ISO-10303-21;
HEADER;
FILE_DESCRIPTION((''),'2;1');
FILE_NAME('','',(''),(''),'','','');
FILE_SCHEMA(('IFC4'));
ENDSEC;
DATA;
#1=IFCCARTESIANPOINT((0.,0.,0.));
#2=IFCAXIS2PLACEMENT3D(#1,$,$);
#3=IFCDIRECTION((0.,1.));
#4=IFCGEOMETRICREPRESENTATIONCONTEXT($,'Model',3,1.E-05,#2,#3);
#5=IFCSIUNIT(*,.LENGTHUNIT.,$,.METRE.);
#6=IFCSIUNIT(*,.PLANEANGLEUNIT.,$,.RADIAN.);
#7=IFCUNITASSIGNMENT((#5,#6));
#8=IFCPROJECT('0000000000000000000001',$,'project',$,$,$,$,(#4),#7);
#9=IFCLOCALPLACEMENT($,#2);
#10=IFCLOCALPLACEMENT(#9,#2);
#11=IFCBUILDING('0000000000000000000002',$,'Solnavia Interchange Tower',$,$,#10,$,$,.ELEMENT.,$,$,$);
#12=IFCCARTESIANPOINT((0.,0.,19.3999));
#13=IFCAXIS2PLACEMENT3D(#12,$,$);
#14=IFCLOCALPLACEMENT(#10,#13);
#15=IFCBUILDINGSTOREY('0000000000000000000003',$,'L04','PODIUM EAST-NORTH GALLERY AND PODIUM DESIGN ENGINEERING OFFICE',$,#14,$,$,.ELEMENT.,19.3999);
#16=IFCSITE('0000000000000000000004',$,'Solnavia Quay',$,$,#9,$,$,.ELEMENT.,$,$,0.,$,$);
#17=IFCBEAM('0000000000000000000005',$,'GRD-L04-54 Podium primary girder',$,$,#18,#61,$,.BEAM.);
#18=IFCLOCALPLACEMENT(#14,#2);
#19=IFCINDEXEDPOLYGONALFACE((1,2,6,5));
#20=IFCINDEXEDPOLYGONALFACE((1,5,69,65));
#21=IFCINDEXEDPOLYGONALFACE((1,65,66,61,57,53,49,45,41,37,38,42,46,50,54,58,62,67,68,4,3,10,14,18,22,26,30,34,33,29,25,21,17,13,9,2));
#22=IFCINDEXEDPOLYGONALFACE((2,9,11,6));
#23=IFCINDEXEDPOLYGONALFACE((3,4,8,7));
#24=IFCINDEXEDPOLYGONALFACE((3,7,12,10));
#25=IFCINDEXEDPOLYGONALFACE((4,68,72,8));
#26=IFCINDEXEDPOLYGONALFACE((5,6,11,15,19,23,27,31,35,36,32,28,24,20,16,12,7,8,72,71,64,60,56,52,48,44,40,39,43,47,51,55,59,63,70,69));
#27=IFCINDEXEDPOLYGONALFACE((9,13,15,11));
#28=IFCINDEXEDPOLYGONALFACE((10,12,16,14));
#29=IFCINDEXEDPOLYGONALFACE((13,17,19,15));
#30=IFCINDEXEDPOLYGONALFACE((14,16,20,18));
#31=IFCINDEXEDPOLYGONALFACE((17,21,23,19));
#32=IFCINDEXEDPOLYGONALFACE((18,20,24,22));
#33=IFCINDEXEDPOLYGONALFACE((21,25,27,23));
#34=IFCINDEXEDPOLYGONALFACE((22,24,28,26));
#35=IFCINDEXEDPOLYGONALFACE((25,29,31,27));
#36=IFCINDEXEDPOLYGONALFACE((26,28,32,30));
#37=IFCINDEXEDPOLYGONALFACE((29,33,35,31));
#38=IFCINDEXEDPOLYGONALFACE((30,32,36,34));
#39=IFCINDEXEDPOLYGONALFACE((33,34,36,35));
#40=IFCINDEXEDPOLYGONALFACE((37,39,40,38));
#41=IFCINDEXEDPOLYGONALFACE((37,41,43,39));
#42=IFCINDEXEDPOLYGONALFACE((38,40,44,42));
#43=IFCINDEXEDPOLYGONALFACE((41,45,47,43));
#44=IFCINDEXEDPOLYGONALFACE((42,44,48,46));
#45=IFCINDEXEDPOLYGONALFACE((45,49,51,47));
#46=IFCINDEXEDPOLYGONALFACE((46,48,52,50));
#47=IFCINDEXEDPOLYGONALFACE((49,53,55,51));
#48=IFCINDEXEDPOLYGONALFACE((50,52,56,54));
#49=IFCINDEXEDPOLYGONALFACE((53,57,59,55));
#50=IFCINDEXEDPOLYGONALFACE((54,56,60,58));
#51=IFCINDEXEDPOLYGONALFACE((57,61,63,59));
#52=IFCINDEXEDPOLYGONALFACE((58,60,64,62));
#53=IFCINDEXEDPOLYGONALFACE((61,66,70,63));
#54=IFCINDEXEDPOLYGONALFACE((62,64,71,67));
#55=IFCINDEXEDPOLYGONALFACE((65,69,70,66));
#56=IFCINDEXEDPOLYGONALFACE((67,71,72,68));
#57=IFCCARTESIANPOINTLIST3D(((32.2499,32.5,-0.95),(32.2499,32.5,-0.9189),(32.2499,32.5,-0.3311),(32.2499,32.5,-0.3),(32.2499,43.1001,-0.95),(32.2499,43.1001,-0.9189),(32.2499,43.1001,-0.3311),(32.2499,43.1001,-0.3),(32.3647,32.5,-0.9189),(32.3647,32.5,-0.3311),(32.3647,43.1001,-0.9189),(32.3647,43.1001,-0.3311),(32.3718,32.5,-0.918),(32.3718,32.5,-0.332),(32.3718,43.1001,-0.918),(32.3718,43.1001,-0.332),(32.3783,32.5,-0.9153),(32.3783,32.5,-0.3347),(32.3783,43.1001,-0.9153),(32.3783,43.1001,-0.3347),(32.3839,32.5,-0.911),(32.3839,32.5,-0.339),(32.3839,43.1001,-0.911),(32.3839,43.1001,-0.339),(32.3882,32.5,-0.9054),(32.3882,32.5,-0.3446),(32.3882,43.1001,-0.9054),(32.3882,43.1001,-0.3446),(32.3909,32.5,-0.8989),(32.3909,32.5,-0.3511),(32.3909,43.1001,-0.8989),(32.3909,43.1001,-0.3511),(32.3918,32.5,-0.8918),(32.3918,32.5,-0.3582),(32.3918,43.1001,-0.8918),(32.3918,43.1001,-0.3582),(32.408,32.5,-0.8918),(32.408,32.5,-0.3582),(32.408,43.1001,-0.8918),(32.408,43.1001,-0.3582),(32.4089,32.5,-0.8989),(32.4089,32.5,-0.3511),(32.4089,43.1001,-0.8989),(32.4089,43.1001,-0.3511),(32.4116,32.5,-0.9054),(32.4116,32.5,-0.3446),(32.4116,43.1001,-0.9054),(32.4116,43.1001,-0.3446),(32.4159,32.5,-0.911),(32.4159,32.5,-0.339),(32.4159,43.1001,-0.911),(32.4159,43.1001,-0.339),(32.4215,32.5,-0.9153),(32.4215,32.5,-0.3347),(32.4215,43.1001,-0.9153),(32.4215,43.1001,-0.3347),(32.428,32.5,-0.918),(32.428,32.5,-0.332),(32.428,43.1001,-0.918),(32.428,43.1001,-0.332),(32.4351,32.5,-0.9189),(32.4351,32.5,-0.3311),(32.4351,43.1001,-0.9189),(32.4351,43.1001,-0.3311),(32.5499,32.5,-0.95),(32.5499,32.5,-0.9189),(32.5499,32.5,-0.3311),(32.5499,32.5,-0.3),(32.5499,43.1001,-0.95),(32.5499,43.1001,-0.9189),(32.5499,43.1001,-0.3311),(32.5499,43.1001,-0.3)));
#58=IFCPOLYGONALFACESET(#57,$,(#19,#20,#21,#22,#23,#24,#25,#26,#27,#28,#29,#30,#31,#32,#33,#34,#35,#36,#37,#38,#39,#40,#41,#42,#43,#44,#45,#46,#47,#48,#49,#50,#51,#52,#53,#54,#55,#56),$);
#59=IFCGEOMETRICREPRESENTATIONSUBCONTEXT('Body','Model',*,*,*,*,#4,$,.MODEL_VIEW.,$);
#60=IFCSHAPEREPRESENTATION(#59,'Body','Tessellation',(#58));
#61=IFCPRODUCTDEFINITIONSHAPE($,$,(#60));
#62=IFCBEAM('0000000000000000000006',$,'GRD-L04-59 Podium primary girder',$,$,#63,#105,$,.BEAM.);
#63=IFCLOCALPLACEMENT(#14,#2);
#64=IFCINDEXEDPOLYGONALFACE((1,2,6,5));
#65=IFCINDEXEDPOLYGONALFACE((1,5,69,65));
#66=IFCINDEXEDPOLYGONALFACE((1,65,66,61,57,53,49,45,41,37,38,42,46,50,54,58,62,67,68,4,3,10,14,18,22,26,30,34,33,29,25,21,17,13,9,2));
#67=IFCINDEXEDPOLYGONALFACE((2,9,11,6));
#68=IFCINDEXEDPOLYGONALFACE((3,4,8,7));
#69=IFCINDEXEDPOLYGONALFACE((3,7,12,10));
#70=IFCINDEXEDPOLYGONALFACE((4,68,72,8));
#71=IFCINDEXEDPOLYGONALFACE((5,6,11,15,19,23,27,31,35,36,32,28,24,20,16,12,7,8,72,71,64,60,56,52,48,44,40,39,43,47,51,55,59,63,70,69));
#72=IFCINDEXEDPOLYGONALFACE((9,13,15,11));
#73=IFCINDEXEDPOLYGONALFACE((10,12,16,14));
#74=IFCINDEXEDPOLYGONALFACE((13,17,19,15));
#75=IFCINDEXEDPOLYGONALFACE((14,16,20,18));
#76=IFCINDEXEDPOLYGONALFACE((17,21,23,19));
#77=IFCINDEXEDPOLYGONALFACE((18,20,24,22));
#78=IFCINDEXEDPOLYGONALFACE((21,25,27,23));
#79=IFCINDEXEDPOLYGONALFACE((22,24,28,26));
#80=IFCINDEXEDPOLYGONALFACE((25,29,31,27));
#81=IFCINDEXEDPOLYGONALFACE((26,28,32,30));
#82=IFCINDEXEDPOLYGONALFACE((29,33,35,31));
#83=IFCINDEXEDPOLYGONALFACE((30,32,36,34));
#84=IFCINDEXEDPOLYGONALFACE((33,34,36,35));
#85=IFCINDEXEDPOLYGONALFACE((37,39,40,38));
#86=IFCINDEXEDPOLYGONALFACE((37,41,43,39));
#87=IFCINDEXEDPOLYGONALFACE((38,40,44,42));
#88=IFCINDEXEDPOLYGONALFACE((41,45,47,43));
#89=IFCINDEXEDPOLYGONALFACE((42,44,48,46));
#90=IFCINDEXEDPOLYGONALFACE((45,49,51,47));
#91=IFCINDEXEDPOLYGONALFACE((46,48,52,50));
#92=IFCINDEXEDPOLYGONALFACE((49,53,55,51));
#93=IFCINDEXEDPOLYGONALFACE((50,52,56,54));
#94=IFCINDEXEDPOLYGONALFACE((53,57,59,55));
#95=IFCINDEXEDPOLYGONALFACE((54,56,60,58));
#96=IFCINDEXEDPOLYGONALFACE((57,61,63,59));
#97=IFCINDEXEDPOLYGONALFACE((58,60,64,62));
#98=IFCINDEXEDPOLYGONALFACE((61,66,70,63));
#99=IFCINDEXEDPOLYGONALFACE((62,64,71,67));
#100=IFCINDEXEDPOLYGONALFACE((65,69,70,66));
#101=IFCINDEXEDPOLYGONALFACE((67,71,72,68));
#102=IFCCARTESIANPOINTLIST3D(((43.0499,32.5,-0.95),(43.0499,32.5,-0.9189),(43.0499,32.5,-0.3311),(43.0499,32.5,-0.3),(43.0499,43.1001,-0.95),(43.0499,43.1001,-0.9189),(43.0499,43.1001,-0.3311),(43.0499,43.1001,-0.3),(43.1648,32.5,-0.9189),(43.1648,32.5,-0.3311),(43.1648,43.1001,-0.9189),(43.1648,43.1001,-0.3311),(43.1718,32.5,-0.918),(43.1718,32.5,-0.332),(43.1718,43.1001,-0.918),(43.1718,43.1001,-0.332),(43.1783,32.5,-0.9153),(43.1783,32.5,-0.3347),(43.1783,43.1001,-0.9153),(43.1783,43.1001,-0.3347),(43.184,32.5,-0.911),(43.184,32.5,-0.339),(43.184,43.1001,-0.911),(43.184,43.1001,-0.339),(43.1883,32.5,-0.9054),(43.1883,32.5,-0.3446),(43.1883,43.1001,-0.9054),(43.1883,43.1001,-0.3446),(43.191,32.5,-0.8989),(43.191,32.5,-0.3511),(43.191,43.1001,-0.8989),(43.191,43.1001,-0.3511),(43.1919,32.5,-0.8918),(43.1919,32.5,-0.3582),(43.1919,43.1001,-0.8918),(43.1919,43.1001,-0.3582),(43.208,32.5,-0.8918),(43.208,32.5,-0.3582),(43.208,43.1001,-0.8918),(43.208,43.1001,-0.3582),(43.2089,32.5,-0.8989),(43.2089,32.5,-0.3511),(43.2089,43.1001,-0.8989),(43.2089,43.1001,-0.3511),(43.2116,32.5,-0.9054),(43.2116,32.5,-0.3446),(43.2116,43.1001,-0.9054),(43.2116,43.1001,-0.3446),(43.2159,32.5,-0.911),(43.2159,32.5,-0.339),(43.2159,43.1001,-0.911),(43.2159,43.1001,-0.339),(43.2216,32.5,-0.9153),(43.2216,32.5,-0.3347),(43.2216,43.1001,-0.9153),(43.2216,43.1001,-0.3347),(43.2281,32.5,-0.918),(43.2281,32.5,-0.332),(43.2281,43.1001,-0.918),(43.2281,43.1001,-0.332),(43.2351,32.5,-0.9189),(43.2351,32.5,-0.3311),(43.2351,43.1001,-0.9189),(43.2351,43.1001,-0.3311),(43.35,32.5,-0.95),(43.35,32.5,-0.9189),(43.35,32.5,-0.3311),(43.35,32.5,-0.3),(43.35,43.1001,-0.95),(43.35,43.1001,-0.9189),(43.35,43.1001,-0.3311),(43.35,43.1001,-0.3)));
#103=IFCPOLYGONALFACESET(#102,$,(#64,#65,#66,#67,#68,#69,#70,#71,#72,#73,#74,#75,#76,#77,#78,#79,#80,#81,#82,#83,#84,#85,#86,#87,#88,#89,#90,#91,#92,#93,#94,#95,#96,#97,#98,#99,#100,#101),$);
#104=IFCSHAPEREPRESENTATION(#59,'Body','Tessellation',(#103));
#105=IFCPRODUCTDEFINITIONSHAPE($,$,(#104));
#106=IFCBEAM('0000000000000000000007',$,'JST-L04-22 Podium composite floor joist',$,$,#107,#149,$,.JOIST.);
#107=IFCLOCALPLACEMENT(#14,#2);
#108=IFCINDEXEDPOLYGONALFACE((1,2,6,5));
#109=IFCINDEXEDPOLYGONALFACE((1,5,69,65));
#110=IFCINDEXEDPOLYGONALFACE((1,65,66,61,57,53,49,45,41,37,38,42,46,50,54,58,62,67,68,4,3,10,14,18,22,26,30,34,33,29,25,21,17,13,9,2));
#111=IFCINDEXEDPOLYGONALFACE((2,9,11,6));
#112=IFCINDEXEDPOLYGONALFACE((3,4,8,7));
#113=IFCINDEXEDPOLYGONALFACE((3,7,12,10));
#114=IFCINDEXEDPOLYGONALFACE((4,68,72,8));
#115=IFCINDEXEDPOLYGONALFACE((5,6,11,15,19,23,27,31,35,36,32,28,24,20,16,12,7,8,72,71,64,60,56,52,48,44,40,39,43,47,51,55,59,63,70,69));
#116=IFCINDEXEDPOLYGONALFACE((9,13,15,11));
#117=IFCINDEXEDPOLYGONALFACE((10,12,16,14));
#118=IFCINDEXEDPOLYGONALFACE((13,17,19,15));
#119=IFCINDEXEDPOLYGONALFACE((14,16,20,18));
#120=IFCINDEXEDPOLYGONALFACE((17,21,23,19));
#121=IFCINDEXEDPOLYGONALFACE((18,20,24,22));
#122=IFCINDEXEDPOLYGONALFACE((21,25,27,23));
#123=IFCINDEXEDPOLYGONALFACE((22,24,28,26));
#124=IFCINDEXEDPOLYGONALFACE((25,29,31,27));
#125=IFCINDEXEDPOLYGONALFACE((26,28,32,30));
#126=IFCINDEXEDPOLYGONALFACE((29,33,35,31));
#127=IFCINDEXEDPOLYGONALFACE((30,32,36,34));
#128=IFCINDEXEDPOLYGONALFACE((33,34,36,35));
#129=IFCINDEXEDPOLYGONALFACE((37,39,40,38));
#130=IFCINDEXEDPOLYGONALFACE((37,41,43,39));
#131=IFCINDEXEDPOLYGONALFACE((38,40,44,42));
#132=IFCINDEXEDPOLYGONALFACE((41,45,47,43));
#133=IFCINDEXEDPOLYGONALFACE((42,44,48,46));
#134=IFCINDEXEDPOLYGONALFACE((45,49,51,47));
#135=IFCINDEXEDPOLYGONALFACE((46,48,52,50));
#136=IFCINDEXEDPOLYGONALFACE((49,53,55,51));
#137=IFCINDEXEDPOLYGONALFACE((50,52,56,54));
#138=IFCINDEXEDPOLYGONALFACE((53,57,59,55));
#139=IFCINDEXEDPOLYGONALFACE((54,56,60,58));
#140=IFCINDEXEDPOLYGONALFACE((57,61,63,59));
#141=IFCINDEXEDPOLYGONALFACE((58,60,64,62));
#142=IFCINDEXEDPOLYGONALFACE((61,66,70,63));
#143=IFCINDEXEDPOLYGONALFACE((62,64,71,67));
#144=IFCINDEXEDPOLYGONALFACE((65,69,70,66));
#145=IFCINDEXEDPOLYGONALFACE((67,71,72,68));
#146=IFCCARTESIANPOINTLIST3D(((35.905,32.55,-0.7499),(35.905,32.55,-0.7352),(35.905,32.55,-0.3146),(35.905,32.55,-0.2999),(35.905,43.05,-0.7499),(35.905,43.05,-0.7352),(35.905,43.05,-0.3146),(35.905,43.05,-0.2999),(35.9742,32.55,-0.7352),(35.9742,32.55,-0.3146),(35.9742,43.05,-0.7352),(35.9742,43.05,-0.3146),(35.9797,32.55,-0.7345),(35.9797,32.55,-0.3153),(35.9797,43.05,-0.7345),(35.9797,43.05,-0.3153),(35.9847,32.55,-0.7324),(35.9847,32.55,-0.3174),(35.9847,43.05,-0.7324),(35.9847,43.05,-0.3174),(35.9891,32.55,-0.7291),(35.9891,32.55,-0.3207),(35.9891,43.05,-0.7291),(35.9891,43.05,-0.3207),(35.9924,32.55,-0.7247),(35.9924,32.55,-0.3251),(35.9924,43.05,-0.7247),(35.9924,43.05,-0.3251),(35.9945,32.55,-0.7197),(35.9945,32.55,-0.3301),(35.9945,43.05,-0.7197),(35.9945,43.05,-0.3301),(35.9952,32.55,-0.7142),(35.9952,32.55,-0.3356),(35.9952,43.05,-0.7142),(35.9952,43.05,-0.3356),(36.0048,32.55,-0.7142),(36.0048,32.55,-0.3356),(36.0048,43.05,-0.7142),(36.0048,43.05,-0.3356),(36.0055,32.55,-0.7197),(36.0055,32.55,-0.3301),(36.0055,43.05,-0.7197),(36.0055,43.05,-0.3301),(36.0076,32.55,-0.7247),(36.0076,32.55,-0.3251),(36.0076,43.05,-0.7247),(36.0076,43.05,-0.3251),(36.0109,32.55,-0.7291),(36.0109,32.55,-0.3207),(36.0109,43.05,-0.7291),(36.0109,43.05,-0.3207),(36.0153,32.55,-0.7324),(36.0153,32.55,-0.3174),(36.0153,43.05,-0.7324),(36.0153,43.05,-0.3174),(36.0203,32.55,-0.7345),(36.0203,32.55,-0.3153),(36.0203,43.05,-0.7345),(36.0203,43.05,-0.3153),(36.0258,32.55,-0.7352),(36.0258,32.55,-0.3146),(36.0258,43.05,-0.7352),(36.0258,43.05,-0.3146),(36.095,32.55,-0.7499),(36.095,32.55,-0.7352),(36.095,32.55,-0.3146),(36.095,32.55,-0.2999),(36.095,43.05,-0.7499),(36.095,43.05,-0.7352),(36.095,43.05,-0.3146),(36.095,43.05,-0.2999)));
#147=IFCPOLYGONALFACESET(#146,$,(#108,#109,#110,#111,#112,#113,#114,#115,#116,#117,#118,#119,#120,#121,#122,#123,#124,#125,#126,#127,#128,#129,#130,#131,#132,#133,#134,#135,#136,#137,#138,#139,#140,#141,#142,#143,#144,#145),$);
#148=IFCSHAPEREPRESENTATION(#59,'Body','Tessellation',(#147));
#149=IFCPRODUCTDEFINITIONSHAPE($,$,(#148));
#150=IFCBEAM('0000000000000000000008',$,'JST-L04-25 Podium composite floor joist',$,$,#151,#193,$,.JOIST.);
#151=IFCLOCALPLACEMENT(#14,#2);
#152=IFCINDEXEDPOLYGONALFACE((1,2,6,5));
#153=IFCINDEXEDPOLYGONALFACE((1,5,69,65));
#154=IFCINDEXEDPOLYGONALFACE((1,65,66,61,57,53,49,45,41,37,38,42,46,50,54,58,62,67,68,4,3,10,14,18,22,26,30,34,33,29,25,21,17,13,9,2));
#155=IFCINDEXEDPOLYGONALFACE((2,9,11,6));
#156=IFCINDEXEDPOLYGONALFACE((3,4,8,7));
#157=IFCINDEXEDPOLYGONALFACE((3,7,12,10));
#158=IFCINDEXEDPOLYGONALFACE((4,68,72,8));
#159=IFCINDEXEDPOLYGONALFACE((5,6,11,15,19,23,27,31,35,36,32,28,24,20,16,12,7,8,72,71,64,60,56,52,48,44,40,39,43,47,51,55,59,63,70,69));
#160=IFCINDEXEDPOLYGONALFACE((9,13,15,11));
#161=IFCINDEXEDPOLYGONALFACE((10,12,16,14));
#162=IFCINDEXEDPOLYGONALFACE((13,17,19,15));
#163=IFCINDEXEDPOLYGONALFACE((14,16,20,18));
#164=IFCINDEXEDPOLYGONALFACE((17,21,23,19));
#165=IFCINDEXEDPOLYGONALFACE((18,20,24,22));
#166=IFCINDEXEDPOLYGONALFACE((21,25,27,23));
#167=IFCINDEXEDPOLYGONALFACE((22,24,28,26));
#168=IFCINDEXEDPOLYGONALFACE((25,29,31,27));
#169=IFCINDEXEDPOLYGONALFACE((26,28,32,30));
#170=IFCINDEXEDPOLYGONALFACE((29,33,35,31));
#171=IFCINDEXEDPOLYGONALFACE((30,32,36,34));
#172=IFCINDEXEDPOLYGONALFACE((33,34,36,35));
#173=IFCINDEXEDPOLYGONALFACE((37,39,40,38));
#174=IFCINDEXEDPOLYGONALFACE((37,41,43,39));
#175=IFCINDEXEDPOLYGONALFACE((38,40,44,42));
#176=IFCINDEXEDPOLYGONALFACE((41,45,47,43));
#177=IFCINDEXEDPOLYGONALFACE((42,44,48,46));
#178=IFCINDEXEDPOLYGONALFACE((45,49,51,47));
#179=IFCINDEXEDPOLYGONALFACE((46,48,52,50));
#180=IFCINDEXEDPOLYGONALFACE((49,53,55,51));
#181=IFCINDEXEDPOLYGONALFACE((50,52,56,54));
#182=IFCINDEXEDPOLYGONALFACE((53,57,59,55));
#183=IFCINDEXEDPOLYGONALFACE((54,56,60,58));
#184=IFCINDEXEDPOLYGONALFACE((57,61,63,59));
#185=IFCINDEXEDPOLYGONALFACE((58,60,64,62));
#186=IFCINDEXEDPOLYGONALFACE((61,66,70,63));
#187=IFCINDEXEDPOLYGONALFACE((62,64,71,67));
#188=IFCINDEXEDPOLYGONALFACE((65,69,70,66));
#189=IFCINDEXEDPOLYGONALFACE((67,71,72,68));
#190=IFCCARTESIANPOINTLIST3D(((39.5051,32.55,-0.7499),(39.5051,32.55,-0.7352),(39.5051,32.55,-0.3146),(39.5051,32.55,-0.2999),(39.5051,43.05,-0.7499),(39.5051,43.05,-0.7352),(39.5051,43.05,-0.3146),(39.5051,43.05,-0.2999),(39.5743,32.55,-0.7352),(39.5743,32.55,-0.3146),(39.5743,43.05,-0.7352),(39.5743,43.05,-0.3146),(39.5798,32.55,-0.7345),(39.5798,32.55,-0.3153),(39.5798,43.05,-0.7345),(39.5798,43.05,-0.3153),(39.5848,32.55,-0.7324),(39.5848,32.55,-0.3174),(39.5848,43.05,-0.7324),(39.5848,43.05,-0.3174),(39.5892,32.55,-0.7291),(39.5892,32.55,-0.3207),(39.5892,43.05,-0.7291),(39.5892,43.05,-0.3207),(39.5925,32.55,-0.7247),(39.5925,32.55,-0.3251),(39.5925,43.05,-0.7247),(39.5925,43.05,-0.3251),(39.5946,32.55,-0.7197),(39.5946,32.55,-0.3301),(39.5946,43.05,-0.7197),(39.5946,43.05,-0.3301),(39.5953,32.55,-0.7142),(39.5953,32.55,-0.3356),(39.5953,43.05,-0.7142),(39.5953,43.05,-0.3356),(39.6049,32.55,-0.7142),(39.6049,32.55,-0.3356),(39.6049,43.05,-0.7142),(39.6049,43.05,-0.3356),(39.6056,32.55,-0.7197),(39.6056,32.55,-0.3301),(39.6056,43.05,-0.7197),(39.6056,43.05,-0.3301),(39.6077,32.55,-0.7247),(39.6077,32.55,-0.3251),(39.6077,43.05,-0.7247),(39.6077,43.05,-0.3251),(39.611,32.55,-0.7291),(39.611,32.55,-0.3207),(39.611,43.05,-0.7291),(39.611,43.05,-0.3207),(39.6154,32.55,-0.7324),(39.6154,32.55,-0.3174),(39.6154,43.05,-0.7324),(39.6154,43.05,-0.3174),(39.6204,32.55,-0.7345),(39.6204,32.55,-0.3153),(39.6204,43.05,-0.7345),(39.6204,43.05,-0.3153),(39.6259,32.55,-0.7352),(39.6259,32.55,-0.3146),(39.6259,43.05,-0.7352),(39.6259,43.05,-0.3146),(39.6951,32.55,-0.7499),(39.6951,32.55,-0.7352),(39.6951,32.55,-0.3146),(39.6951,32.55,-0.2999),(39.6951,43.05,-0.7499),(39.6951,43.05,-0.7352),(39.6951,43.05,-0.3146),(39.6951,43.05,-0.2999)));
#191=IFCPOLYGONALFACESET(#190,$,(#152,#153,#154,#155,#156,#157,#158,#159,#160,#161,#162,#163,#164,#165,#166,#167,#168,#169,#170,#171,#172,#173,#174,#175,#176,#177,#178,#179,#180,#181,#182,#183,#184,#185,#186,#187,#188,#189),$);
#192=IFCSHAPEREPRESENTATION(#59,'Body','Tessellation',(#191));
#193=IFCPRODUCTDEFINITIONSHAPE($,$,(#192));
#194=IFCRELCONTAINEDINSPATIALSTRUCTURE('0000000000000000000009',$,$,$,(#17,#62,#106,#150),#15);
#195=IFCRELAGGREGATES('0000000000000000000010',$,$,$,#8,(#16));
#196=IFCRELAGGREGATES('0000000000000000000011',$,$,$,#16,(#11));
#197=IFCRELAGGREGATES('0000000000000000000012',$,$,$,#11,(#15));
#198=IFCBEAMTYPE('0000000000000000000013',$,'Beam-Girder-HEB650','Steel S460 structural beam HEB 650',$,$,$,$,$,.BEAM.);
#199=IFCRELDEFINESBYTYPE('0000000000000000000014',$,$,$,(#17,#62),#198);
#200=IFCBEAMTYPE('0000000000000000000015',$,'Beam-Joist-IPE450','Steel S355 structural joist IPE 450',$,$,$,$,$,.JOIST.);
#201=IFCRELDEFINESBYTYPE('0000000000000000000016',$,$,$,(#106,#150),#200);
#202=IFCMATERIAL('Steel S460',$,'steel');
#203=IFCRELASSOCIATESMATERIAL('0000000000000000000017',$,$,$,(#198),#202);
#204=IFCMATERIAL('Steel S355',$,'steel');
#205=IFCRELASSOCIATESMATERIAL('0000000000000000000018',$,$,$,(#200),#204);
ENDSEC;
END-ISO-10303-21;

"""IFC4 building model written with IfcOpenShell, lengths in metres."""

from ifc_helpers import new_model, si_unit, direction, frame, origin, origin_2d, place, context, subcontext, project, spatial, i_section, extrude, material, material_profile, profile_set, type_object, element, save


model = new_model("IFC4")

# Units and contexts
model_context = context("Model", 3, precision=1e-05, world=origin(), true_north=direction((0.0, 1.0)))
body_context = subcontext(model_context, "Body", "Model", "MODEL_VIEW")
ifc_project = project(units=[si_unit("LENGTHUNIT", "METRE"), si_unit("PLANEANGLEUNIT", "RADIAN")], contexts=[model_context])

# Site, building, storey
site_placement = place(None, origin())
site = spatial("IfcSite", under=ifc_project, at=site_placement, Name="Solnavia Quay", CompositionType="ELEMENT", RefElevation=0.0)
building_placement = place(site_placement, origin())
building = spatial("IfcBuilding", under=site, at=building_placement, Name="Solnavia Interchange Tower", CompositionType="ELEMENT")
storey_placement = place(building_placement, frame((0.0, 0.0, 19.3999)))
storey = spatial("IfcBuildingStorey", under=building, at=storey_placement, Name="L04", Description="PODIUM EAST-NORTH GALLERY AND PODIUM DESIGN ENGINEERING OFFICE", CompositionType="ELEMENT", Elevation=19.3999)

# Beams
ifc_material_1 = material(Name="Steel S460", Category="steel")
ifc_material_profile_1 = material_profile(ifc_material_1, i_section(OverallWidth=0.3, OverallDepth=0.6499, WebThickness=0.0161, FlangeThickness=0.031, FilletRadius=0.0271, at=origin_2d()), Name="HEB 650")
ifc_profile_set_1 = profile_set([ifc_material_profile_1], Name="Steel S460")
beam_type_1 = type_object("IfcBeamType", Name="Beam-Girder-HEB650", Description="Steel S460 structural beam HEB 650", PredefinedType="BEAM", material=ifc_profile_set_1)
for number, where, z_axis, x_axis, name in (
    (1, (32.3999, 32.5, -0.625), (0.0, 1.0, 0.0), (-1.0, 0.0, 0.0), "GRD-L04-54 Podium primary girder"),
    (2, (43.2, 32.5, -0.625), (0.0, 1.0, 0.0), (-1.0, 0.0, 0.0), "GRD-L04-59 Podium primary girder"),
):
    element("IfcBeam", number, at=place(storey_placement, frame(where, z_axis=z_axis, x_axis=x_axis)), inside=storey, type_object=beam_type_1, Name=name, PredefinedType="BEAM", context=body_context, shape_type="SweptSolid", body=[
        extrude(i_section(OverallWidth=0.3, OverallDepth=0.6499, WebThickness=0.0161, FlangeThickness=0.031, FilletRadius=0.0271, at=origin_2d()), origin(), (0.0, 0.0, 1.0), 10.6001),
    ])
ifc_material_2 = material(Name="Steel S355", Category="steel")
ifc_material_profile_2 = material_profile(ifc_material_2, i_section(OverallWidth=0.1899, OverallDepth=0.45, WebThickness=0.0095, FlangeThickness=0.0146, FilletRadius=0.021, at=origin_2d()), Name="IPE 450")
ifc_profile_set_2 = profile_set([ifc_material_profile_2], Name="Steel S355")
beam_type_2 = type_object("IfcBeamType", Name="Beam-Joist-IPE450", Description="Steel S355 structural joist IPE 450", PredefinedType="JOIST", material=ifc_profile_set_2)
for number, where, z_axis, x_axis, name in (
    (3, (36.0, 32.55, -0.5249), (0.0, 1.0, 0.0), (-1.0, 0.0, 0.0), "JST-L04-22 Podium composite floor joist"),
    (4, (39.6001, 32.55, -0.5249), (0.0, 1.0, 0.0), (-1.0, 0.0, 0.0), "JST-L04-25 Podium composite floor joist"),
):
    element("IfcBeam", number, at=place(storey_placement, frame(where, z_axis=z_axis, x_axis=x_axis)), inside=storey, type_object=beam_type_2, Name=name, PredefinedType="JOIST", context=body_context, shape_type="SweptSolid", body=[
        extrude(i_section(OverallWidth=0.1899, OverallDepth=0.45, WebThickness=0.0095, FlangeThickness=0.0146, FilletRadius=0.021, at=origin_2d()), origin(), (0.0, 0.0, 1.0), 10.5),
    ])

save(model, "model.ifc")
